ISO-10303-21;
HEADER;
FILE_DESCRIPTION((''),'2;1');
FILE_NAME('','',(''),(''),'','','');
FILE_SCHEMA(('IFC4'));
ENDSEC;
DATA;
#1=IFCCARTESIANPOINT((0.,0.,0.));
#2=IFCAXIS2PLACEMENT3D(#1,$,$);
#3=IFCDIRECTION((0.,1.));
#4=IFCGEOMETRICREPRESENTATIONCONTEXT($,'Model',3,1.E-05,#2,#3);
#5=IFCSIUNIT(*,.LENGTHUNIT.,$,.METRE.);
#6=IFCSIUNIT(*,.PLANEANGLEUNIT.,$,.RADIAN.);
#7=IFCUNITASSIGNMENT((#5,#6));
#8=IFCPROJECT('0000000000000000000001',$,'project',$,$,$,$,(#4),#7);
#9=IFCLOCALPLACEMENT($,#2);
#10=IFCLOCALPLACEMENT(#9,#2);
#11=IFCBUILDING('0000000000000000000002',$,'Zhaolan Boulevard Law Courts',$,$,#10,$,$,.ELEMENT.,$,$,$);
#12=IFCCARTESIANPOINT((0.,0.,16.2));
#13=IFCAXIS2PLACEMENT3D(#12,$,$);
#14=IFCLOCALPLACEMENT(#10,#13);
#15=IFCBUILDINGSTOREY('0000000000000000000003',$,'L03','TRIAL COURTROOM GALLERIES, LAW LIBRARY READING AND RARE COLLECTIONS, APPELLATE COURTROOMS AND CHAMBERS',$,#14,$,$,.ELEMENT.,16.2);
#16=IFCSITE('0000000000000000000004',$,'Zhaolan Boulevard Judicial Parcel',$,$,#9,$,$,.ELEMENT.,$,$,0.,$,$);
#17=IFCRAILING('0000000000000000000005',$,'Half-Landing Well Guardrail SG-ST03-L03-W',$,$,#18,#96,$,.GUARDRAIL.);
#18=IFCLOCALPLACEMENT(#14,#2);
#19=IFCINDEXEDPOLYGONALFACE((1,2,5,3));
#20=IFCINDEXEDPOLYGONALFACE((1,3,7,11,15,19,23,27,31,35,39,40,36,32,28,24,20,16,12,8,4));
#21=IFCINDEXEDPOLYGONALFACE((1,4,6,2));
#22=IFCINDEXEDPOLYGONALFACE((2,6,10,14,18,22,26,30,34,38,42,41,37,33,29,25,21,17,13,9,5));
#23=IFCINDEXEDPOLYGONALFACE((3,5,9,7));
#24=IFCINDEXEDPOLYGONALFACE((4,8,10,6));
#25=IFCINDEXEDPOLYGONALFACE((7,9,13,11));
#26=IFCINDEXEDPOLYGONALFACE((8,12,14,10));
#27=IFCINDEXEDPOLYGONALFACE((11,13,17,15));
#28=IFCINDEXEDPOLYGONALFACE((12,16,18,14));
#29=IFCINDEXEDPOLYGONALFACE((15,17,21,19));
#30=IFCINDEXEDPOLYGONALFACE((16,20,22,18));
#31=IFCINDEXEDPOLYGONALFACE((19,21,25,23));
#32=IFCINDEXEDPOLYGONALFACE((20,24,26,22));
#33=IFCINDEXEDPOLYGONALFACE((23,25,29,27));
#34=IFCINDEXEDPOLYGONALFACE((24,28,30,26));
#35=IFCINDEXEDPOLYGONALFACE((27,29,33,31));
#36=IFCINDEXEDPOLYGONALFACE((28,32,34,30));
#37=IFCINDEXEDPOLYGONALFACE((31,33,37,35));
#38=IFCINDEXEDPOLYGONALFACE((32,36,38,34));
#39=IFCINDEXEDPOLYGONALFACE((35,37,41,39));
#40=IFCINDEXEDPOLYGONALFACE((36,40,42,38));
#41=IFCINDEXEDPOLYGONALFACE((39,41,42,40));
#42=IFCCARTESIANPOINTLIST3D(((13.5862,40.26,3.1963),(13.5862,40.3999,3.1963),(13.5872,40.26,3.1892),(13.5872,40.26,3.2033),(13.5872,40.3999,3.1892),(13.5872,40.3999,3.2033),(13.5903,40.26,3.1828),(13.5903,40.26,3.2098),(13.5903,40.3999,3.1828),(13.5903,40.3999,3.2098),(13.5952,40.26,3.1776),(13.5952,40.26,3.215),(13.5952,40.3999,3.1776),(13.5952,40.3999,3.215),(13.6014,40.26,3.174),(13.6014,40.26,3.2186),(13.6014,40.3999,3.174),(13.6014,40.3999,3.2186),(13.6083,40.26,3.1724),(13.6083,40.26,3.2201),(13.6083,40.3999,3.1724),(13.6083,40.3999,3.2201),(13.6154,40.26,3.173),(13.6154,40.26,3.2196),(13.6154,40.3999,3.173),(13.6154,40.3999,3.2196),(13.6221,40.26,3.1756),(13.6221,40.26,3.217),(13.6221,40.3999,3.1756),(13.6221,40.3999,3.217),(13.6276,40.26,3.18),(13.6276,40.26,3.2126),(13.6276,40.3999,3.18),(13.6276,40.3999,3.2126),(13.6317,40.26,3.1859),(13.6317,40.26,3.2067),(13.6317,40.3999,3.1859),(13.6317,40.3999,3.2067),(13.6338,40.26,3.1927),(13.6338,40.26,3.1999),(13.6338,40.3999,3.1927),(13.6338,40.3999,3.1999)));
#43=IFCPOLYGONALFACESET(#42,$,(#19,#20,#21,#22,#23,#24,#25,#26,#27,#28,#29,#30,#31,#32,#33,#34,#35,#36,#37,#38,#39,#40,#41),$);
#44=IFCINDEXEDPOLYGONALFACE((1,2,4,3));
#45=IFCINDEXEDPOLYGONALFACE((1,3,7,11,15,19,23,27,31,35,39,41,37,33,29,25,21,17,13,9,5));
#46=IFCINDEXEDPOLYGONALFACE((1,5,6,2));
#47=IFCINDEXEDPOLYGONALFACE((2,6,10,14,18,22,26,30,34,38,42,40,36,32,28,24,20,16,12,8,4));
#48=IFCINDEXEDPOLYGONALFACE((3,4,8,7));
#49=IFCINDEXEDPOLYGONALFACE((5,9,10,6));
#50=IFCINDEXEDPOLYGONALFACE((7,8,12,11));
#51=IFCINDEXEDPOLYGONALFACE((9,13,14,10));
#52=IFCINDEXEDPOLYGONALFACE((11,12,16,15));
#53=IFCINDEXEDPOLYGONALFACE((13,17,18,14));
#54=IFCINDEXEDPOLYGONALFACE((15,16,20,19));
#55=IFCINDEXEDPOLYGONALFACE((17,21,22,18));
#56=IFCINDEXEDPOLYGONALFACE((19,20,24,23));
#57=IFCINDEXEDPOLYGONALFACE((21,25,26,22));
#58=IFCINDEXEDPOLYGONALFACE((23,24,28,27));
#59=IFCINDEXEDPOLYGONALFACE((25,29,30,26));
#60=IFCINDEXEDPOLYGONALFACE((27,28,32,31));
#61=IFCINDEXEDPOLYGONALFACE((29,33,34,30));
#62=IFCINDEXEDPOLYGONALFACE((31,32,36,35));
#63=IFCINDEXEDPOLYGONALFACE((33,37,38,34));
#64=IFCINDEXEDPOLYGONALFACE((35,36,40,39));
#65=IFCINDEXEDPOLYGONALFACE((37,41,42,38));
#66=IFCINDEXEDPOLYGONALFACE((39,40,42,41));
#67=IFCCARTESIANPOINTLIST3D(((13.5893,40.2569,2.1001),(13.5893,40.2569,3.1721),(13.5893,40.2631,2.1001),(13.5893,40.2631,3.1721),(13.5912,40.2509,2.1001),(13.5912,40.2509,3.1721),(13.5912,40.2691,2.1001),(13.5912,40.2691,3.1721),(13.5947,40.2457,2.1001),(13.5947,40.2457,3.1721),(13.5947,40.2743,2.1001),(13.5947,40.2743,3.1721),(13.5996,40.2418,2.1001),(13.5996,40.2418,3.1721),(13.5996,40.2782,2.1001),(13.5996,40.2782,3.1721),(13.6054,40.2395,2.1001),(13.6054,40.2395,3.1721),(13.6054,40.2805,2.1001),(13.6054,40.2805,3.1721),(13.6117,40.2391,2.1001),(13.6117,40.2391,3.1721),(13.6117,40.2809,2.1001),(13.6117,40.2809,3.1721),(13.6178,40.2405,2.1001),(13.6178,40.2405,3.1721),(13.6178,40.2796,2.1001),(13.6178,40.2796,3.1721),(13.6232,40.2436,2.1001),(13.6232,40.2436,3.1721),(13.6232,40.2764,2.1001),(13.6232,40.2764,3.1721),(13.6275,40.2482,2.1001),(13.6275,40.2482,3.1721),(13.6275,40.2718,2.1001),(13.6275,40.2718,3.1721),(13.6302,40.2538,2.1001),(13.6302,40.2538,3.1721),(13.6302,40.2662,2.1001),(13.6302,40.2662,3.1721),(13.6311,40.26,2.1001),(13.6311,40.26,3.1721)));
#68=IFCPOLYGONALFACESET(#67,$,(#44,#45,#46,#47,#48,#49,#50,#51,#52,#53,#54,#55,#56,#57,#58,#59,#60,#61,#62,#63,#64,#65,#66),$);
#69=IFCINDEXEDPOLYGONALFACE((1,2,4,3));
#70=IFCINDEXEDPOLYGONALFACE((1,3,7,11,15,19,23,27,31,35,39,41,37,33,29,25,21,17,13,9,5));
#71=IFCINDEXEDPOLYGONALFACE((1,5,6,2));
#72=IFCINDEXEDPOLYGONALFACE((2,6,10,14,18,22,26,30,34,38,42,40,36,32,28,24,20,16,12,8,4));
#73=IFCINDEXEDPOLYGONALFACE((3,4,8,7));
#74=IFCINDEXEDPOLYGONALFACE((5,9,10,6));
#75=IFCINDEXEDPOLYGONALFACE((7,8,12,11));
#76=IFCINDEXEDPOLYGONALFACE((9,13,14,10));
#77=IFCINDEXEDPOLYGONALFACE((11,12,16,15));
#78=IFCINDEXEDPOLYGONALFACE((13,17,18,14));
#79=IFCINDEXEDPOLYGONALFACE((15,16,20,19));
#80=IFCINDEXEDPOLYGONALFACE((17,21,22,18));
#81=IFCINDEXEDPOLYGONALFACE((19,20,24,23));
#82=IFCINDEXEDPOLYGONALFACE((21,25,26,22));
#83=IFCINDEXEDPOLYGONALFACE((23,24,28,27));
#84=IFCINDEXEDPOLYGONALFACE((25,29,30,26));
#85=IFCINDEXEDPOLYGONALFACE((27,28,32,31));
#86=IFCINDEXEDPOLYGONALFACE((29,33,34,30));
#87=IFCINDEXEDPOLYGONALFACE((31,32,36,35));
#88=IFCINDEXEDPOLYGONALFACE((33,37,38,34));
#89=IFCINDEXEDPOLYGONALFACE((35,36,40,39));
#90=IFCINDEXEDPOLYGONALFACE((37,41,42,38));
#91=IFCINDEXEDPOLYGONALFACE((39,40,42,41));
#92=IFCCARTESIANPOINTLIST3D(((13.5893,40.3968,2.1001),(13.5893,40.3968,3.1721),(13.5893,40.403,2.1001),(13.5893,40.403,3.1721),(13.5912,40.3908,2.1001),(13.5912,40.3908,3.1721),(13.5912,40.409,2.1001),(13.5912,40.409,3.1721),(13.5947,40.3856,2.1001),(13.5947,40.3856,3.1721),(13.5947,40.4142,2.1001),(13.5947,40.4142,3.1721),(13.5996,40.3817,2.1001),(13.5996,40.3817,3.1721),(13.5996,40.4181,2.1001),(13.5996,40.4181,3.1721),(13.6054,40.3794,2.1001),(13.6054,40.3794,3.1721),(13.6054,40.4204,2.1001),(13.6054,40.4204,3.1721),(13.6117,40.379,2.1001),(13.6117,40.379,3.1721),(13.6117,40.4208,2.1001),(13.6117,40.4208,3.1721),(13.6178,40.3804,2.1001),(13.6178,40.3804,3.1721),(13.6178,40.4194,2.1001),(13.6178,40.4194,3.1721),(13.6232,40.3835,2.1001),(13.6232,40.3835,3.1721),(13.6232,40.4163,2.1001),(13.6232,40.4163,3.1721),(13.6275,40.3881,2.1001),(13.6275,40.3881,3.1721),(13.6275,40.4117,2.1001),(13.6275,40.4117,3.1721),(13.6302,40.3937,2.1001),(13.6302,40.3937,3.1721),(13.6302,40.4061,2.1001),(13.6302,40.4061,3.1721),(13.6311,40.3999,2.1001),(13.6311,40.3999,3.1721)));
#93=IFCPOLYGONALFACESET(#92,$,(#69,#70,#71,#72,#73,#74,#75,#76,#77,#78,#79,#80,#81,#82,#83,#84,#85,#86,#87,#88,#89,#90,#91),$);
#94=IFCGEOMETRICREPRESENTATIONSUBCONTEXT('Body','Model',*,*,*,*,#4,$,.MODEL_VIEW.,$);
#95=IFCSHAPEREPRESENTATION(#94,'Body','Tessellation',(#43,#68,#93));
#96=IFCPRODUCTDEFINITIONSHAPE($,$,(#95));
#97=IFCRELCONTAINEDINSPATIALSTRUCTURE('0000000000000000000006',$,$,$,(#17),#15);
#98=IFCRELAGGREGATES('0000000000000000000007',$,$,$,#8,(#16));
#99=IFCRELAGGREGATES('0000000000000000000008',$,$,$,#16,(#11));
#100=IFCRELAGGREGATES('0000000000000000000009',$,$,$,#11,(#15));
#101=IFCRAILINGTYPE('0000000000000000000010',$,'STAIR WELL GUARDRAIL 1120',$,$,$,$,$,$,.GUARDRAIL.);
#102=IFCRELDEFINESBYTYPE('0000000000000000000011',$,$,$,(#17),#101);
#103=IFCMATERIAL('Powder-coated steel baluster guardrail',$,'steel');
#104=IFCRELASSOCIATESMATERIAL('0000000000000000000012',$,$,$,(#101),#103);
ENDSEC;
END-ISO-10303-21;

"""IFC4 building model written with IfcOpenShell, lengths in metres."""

from ifc_helpers import new_model, si_unit, direction, frame, origin, origin_2d, place, context, subcontext, project, spatial, circle, extrude, material, type_object, element, save


model = new_model("IFC4")

# Units and contexts
model_context = context("Model", 3, precision=1e-05, world=origin(), true_north=direction((0.0, 1.0)))
body_context = subcontext(model_context, "Body", "Model", "MODEL_VIEW")
ifc_project = project(units=[si_unit("LENGTHUNIT", "METRE"), si_unit("PLANEANGLEUNIT", "RADIAN")], contexts=[model_context])

# Site, building, storey
site_placement = place(None, origin())
site = spatial("IfcSite", under=ifc_project, at=site_placement, Name="Zhaolan Boulevard Judicial Parcel", CompositionType="ELEMENT", RefElevation=0.0)
building_placement = place(site_placement, origin())
building = spatial("IfcBuilding", under=site, at=building_placement, Name="Zhaolan Boulevard Law Courts", CompositionType="ELEMENT")
storey_placement = place(building_placement, frame((0.0, 0.0, 16.2)))
storey = spatial("IfcBuildingStorey", under=building, at=storey_placement, Name="L03", Description="TRIAL COURTROOM GALLERIES, LAW LIBRARY READING AND RARE COLLECTIONS, APPELLATE COURTROOMS AND CHAMBERS", CompositionType="ELEMENT", Elevation=16.2)

# Railing
ifc_material_1 = material(Name="Powder-coated steel baluster guardrail", Category="steel")
railing_type_1 = type_object("IfcRailingType", Name="STAIR WELL GUARDRAIL 1120", PredefinedType="GUARDRAIL", material=ifc_material_1)
railing_1_placement = place(storey_placement, frame((13.6101, 40.26, 2.1001)))
element("IfcRailing", 1, at=railing_1_placement, inside=storey, type_object=railing_type_1, Name="Half-Landing Well Guardrail SG-ST03-L03-W", PredefinedType="GUARDRAIL", context=body_context, shape_type="SweptSolid", body=[
    extrude(circle(Radius=0.0239, at=origin_2d()), frame((0.0, 0.0, 1.0962), z_axis=(0.0, 1.0, 0.0), x_axis=(-1.0, 0.0, 0.0)), (0.0, 0.0, 1.0), 0.1399),
    extrude(circle(Radius=0.021, at=origin_2d()), origin(), (0.0, 0.0, 1.0), 1.072),
    extrude(circle(Radius=0.021, at=origin_2d()), frame((0.0, 0.1399, 0.0)), (0.0, 0.0, 1.0), 1.072),
])

save(model, "model.ifc")
